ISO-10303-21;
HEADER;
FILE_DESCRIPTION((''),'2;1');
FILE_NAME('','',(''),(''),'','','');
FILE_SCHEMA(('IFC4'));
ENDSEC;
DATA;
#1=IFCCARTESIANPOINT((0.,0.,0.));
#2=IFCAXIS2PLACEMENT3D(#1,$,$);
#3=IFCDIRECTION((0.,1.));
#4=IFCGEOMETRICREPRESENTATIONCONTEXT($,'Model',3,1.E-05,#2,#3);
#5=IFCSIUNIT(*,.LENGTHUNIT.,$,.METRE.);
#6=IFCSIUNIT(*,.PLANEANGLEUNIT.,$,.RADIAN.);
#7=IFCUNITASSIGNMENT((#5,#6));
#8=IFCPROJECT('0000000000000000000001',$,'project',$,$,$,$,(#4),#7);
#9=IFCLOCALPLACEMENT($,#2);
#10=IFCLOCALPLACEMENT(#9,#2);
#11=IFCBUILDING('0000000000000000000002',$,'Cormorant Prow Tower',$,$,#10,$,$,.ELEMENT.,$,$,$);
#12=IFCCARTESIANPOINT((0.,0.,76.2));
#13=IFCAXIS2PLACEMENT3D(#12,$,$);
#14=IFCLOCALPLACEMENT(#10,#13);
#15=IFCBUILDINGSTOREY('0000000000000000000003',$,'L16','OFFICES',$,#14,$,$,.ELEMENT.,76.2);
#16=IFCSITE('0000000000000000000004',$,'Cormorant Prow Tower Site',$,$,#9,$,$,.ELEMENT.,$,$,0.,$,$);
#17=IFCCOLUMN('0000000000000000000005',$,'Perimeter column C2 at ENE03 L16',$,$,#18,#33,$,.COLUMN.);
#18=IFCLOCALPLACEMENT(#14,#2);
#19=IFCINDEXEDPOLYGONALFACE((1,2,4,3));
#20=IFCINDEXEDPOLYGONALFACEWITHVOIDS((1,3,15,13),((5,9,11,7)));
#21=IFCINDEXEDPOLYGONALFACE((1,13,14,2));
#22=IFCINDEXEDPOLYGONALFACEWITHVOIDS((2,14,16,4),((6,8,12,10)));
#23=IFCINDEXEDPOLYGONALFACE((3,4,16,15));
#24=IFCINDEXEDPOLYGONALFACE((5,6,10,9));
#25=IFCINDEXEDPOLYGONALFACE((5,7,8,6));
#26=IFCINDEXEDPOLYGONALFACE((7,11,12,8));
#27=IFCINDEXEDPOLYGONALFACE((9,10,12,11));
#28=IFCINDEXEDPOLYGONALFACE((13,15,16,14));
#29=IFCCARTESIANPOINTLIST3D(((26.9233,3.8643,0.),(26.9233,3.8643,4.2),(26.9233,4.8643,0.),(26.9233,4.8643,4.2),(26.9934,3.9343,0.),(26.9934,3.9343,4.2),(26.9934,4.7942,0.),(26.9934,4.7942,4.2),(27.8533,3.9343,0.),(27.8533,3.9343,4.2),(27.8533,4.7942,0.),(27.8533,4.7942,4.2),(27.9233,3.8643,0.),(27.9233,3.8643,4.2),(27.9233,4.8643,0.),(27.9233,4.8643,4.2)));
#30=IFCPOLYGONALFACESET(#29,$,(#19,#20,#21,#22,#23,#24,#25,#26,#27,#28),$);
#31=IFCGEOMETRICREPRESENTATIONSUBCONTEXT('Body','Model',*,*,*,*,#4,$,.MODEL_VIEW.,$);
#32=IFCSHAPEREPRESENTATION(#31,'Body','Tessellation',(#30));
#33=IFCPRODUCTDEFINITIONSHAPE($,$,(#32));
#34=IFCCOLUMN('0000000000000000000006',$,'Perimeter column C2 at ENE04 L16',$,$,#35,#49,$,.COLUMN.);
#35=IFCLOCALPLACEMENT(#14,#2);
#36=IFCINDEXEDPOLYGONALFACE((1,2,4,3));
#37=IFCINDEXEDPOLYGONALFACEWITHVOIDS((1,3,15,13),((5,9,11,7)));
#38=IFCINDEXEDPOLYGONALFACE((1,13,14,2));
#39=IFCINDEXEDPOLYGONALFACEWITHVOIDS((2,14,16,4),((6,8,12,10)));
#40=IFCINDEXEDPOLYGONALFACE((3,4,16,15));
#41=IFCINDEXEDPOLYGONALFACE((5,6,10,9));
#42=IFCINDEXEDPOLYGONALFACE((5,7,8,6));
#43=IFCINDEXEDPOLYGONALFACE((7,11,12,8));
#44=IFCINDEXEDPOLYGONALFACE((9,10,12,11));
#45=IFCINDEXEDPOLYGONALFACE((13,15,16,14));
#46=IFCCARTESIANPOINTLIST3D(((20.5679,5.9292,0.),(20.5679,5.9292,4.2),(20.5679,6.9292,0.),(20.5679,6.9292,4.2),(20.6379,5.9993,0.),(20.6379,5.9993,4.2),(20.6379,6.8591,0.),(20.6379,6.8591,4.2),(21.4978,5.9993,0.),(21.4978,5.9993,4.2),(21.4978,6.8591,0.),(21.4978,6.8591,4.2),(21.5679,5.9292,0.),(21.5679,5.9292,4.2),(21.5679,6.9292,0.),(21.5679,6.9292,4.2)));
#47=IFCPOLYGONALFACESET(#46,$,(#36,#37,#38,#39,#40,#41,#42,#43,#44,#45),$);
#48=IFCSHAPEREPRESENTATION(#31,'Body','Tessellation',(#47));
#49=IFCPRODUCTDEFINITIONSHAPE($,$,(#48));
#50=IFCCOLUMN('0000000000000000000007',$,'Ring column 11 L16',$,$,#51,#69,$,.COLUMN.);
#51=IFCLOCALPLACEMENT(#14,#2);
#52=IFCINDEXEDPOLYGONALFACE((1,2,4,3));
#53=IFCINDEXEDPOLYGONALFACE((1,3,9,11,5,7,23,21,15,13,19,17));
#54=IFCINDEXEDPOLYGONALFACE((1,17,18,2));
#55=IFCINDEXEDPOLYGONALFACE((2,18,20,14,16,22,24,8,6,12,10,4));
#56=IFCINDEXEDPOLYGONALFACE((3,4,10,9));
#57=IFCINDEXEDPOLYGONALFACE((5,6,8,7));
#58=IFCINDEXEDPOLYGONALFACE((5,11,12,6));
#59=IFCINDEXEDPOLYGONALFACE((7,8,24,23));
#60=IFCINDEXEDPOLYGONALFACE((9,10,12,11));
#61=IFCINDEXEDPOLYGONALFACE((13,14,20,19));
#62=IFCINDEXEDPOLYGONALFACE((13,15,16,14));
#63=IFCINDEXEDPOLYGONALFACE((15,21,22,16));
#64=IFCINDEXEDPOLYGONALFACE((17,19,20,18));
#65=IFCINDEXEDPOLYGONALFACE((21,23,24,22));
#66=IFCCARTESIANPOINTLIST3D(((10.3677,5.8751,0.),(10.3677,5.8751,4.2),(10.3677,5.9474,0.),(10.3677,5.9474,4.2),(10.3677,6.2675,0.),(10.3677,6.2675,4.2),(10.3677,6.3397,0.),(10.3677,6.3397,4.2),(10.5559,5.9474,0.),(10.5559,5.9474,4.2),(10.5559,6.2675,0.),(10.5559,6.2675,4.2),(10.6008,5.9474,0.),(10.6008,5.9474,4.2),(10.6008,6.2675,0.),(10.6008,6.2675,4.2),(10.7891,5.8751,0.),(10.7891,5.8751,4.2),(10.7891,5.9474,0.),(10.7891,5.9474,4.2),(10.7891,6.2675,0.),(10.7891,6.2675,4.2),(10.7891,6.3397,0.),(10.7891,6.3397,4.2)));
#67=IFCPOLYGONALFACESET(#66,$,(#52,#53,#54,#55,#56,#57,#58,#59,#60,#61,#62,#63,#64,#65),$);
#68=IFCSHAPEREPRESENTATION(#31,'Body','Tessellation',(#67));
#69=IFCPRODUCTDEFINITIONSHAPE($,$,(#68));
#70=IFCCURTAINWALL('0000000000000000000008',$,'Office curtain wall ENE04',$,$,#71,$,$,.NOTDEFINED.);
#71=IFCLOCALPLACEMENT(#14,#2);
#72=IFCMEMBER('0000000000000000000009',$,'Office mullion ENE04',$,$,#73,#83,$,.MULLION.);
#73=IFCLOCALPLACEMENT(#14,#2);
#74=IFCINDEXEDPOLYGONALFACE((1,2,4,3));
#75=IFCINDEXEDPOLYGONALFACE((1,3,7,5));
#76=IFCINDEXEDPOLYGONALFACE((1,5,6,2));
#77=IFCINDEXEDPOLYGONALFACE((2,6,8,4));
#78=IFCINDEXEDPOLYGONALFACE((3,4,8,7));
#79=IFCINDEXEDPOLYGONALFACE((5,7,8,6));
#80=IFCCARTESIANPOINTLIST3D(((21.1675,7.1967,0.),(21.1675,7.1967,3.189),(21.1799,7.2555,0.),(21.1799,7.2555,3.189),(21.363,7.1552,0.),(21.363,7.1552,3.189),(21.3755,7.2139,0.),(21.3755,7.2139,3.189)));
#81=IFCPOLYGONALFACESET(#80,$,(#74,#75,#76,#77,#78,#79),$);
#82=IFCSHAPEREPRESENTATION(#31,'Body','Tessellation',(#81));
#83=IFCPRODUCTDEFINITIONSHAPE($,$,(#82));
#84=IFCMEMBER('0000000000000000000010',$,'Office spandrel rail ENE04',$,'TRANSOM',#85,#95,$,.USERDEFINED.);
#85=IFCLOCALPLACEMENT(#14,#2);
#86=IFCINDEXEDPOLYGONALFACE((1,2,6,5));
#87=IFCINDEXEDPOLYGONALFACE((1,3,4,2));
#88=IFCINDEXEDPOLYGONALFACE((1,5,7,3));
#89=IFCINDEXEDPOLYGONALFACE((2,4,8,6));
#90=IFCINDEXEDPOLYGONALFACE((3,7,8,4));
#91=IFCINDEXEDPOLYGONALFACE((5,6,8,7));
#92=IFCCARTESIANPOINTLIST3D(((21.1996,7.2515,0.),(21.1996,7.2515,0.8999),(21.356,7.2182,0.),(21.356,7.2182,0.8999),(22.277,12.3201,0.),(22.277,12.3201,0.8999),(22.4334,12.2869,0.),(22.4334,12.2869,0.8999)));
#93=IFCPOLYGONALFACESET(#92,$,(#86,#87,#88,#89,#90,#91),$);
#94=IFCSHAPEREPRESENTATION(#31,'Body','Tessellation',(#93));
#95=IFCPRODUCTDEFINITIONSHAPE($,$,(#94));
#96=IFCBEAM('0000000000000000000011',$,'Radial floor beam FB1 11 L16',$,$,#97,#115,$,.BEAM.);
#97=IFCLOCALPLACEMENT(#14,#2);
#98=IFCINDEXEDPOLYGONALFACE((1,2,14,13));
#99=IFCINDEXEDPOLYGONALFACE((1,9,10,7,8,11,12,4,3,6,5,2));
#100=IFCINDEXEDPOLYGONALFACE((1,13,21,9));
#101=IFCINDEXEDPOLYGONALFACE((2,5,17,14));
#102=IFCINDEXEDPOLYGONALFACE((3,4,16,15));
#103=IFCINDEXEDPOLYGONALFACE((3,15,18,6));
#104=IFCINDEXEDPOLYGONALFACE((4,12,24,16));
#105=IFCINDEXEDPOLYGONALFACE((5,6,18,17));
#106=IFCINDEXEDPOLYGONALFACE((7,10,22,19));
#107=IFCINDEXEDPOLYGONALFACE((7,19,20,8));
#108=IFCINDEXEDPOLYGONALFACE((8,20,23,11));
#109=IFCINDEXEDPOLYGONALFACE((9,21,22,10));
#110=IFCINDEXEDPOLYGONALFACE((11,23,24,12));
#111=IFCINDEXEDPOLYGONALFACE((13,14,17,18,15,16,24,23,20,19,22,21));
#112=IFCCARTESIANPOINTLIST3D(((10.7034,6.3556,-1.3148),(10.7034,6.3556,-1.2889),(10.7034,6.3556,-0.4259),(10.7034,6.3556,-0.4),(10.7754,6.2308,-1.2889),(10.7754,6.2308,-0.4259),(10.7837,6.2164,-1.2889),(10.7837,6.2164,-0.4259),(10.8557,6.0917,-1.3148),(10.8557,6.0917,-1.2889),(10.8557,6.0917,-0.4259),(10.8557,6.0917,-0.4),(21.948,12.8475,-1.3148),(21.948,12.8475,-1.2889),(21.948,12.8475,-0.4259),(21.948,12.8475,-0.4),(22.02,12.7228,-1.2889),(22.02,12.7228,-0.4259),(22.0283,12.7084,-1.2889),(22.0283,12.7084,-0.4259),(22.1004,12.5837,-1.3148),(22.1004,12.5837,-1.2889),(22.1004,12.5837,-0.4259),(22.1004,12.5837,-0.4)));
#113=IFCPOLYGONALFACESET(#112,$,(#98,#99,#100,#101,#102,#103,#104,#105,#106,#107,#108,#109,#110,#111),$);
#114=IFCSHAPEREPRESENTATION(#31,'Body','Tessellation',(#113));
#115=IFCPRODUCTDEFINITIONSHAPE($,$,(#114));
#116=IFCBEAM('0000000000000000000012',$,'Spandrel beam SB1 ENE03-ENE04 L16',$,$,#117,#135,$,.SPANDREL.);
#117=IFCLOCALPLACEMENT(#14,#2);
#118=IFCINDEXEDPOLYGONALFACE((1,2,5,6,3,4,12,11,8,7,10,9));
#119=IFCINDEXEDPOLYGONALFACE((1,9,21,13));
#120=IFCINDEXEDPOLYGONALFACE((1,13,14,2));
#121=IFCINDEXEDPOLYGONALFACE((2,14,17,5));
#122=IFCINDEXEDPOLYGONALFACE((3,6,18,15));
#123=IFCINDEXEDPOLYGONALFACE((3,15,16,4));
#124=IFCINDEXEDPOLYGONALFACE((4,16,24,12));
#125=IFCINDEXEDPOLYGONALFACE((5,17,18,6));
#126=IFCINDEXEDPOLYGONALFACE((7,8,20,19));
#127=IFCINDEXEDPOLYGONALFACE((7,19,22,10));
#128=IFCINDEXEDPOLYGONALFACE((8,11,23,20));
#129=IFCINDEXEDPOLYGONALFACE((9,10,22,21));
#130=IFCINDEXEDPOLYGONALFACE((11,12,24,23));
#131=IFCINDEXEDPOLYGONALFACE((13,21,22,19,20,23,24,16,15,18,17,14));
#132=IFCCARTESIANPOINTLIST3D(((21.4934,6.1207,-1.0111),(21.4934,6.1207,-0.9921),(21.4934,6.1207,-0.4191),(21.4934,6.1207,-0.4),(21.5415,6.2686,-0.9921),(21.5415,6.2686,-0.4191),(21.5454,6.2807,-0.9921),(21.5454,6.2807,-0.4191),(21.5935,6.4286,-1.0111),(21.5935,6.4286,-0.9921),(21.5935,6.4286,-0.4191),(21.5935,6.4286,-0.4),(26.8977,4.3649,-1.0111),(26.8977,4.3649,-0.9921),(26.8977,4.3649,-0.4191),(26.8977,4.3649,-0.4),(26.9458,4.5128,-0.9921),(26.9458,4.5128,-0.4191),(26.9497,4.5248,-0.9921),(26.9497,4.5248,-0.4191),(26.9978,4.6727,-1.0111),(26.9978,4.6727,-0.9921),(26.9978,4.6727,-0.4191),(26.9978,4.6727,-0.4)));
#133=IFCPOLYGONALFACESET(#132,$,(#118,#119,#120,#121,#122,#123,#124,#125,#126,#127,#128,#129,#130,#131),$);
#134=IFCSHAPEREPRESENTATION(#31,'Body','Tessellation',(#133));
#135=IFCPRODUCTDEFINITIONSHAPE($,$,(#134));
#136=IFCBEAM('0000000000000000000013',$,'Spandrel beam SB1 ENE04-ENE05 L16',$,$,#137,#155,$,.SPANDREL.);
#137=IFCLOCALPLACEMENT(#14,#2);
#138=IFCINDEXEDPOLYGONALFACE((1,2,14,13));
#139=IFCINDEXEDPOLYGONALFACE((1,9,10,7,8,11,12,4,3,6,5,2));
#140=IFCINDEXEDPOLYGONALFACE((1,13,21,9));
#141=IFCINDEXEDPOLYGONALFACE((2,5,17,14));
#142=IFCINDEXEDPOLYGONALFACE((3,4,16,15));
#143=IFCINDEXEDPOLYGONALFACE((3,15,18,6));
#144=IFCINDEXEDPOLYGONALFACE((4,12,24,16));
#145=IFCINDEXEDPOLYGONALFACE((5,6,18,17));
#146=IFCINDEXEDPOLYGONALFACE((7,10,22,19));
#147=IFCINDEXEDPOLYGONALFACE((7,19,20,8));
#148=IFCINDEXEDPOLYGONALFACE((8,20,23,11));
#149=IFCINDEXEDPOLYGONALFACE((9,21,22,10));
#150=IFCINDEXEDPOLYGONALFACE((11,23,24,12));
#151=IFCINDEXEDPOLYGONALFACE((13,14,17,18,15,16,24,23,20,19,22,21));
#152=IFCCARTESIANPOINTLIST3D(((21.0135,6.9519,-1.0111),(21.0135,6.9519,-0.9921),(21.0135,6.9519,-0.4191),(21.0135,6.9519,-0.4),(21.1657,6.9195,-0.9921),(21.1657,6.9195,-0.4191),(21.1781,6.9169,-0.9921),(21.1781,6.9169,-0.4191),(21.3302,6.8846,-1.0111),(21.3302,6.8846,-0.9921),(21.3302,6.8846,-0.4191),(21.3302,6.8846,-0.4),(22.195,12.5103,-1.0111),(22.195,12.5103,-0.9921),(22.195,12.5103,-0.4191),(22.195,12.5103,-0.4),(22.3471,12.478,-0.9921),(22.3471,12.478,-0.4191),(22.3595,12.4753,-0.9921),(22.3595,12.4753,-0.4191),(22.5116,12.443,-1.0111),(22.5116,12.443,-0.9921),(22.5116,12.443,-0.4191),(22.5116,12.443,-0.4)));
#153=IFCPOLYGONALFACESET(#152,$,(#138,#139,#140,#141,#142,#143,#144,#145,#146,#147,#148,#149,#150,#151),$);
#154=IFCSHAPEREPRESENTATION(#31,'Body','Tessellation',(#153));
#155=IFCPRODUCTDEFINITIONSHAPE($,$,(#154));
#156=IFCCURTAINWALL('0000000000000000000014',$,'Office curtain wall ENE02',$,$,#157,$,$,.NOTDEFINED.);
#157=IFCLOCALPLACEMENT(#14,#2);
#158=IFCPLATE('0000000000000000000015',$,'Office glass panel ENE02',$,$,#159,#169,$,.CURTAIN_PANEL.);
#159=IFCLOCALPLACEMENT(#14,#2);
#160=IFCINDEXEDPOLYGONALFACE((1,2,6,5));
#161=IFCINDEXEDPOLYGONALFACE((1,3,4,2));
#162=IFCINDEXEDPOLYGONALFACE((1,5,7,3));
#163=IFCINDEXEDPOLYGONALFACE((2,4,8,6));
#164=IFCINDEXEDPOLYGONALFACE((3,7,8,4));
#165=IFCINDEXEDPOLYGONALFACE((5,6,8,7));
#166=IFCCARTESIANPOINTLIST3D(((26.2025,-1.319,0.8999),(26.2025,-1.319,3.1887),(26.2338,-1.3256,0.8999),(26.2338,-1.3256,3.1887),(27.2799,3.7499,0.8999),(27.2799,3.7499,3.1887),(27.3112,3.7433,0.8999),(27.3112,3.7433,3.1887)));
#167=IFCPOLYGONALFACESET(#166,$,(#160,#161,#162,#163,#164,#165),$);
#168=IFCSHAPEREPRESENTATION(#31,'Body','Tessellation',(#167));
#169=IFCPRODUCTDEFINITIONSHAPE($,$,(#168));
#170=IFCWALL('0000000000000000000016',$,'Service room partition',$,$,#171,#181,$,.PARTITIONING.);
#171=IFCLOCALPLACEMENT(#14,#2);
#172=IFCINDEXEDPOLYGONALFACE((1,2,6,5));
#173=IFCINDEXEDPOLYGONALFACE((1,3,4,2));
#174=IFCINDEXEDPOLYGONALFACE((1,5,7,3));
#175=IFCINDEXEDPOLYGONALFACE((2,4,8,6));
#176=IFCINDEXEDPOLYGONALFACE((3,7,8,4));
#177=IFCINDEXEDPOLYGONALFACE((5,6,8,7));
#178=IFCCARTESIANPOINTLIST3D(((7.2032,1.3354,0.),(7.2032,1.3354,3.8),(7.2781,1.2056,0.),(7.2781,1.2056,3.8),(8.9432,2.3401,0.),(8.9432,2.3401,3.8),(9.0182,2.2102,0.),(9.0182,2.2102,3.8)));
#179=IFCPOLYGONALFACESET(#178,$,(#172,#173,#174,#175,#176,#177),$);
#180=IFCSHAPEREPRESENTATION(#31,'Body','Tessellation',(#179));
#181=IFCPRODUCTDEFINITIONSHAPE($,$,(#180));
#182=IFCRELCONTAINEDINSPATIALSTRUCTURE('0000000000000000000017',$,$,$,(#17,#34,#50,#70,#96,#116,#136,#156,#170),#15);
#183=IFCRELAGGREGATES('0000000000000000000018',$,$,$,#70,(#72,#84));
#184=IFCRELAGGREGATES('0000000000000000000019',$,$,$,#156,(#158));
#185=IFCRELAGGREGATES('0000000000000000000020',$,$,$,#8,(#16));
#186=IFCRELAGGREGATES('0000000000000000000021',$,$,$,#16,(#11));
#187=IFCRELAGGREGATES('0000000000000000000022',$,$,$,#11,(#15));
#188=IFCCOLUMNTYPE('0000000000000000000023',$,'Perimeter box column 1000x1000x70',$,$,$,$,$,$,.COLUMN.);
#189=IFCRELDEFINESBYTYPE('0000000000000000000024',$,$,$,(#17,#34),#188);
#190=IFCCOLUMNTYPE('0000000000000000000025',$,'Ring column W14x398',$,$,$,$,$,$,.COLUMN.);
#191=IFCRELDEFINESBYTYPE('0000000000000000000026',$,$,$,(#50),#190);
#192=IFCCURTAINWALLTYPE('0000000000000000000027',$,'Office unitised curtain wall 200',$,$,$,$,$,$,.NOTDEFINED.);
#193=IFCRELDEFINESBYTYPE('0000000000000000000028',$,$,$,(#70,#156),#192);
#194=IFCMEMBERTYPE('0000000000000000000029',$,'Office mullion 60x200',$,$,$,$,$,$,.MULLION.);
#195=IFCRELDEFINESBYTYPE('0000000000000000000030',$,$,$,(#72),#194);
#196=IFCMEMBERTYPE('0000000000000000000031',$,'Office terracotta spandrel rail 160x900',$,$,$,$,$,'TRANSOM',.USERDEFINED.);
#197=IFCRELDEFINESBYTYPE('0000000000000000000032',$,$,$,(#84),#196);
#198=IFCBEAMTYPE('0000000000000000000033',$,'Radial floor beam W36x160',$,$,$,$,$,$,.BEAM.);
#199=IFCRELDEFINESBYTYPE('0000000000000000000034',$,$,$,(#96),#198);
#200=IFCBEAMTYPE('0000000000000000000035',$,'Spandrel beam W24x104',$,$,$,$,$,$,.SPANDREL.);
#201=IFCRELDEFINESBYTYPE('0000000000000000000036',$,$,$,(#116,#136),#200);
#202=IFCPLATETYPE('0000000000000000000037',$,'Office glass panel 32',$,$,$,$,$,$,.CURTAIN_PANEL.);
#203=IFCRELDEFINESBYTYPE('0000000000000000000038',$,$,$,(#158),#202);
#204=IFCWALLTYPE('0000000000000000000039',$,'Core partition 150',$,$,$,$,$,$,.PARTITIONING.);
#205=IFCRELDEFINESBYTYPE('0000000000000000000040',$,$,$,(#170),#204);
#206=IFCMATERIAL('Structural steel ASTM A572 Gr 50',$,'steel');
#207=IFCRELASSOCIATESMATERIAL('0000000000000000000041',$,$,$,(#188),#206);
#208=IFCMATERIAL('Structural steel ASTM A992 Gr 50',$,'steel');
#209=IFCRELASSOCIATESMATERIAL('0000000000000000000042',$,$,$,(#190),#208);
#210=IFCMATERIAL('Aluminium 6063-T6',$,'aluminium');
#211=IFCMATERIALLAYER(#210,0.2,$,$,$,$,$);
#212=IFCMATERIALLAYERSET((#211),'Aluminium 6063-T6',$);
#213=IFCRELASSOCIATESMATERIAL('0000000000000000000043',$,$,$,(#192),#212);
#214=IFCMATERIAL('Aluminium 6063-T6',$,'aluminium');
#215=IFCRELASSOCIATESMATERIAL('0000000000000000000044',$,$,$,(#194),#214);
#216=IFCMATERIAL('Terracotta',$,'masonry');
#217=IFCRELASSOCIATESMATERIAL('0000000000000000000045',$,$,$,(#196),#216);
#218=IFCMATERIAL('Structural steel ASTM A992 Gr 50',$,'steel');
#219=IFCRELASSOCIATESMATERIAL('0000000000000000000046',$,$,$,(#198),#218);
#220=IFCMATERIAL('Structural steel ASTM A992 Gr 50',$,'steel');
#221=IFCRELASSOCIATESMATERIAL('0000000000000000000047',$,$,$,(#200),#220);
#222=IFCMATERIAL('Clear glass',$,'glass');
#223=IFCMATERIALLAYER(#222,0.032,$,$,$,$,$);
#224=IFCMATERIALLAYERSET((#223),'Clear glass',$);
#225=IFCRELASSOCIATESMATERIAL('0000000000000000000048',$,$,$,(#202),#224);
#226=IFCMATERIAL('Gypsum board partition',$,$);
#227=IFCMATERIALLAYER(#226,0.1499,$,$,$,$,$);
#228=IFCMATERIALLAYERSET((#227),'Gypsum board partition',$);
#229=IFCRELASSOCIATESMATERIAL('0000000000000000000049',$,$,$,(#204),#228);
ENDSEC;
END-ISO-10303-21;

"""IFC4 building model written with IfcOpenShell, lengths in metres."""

from ifc_helpers import new_model, si_unit, direction, frame, frame_2d, origin, origin_2d, place, context, subcontext, project, spatial, rectangle, hollow_rectangle, i_section, extrude, material, layer, layer_set, material_profile, profile_set, type_object, element, aggregate, save


model = new_model("IFC4")

# Units and contexts
model_context = context("Model", 3, precision=1e-05, world=origin(), true_north=direction((0.0, 1.0)))
body_context = subcontext(model_context, "Body", "Model", "MODEL_VIEW")
ifc_project = project(units=[si_unit("LENGTHUNIT", "METRE"), si_unit("PLANEANGLEUNIT", "RADIAN")], contexts=[model_context])

# Site, building, storey
site_placement = place(None, origin())
site = spatial("IfcSite", under=ifc_project, at=site_placement, Name="Cormorant Prow Tower Site", CompositionType="ELEMENT", RefElevation=0.0)
building_placement = place(site_placement, origin())
building = spatial("IfcBuilding", under=site, at=building_placement, Name="Cormorant Prow Tower", CompositionType="ELEMENT")
storey_placement = place(building_placement, frame((0.0, 0.0, 76.2)))
storey = spatial("IfcBuildingStorey", under=building, at=storey_placement, Name="L16", Description="OFFICES", CompositionType="ELEMENT", Elevation=76.2)

# Columns
ifc_material_1 = material(Name="Structural steel ASTM A572 Gr 50", Category="steel")
ifc_material_profile_1 = material_profile(ifc_material_1, hollow_rectangle(XDim=1.0, YDim=1.0, WallThickness=0.0701, at=origin_2d()), Name="Box 1000x1000x70")
ifc_profile_set_1 = profile_set([ifc_material_profile_1], Name="Structural steel ASTM A572 Gr 50")
column_type_1 = type_object("IfcColumnType", Name="Perimeter box column 1000x1000x70", PredefinedType="COLUMN", material=ifc_profile_set_1)
for number, where, z_axis, x_axis, name in (
    (1, (27.4233, 4.3643, 0.0), (0.0, 0.0, 1.0), (1.0, 0.0, 0.0), "Perimeter column C2 at ENE03 L16"),
    (2, (21.0679, 6.4292, 0.0), (0.0, 0.0, 1.0), (1.0, 0.0, 0.0), "Perimeter column C2 at ENE04 L16"),
):
    element("IfcColumn", number, at=place(storey_placement, frame(where, z_axis=z_axis, x_axis=x_axis)), inside=storey, type_object=column_type_1, Name=name, PredefinedType="COLUMN", context=body_context, shape_type="SweptSolid", body=[
        extrude(hollow_rectangle(XDim=1.0, YDim=1.0, WallThickness=0.0701, at=origin_2d()), origin(), (0.0, 0.0, 1.0), 4.2),
    ])
ifc_material_2 = material(Name="Structural steel ASTM A992 Gr 50", Category="steel")
ifc_material_profile_2 = material_profile(ifc_material_2, i_section(OverallWidth=0.4214, OverallDepth=0.4646, WebThickness=0.0449, FlangeThickness=0.0723, at=origin_2d()), Name="W14x398")
ifc_profile_set_2 = profile_set([ifc_material_profile_2], Name="Structural steel ASTM A992 Gr 50")
column_type_2 = type_object("IfcColumnType", Name="Ring column W14x398", PredefinedType="COLUMN", material=ifc_profile_set_2)
column_placement = place(storey_placement, frame((10.5784, 6.1074, 0.0), z_axis=(0.0, 0.0, 1.0), x_axis=(1.0, 0.0, 0.0)))
element("IfcColumn", 3, at=column_placement, inside=storey, type_object=column_type_2, Name="Ring column 11 L16", PredefinedType="COLUMN", context=body_context, shape_type="SweptSolid", body=[
    extrude(i_section(OverallWidth=0.4214, OverallDepth=0.4646, WebThickness=0.0449, FlangeThickness=0.0723, at=origin_2d()), origin(), (0.0, 0.0, 1.0), 4.2),
])

# Curtain wall, members
ifc_material_3 = material(Name="Aluminium 6063-T6", Category="aluminium")
ifc_layer_1 = layer(ifc_material_3, 0.2)
ifc_layer_set_1 = layer_set([ifc_layer_1], Name="Aluminium 6063-T6")
curtain_wall_type = type_object("IfcCurtainWallType", Name="Office unitised curtain wall 200", PredefinedType="NOTDEFINED", material=ifc_layer_set_1)
curtain_wall_1_placement = place(storey_placement, origin())
curtain_wall_1 = element("IfcCurtainWall", 4, at=curtain_wall_1_placement, inside=storey, type_object=curtain_wall_type, Name="Office curtain wall ENE04", PredefinedType="NOTDEFINED")
ifc_material_4 = material(Name="Aluminium 6063-T6", Category="aluminium")
ifc_material_profile_3 = material_profile(ifc_material_4, rectangle(XDim=0.2, YDim=0.0601, at=origin_2d()), Name="Office mullion 60x200")
ifc_profile_set_3 = profile_set([ifc_material_profile_3], Name="Aluminium 6063-T6")
member_type_1 = type_object("IfcMemberType", Name="Office mullion 60x200", PredefinedType="MULLION", material=ifc_profile_set_3)
member_1_placement = place(storey_placement, frame((21.2715, 7.2053, 0.0), z_axis=(0.0, 0.0, 1.0), x_axis=(-0.978148, 0.207912, 0.0)))
member_1 = element("IfcMember", 5, at=member_1_placement, type_object=member_type_1, Name="Office mullion ENE04", PredefinedType="MULLION", context=body_context, shape_type="SweptSolid", body=[
    extrude(rectangle(XDim=0.2, YDim=0.0601, at=origin_2d()), origin(), (0.0, 0.0, 1.0), 3.189),
])
ifc_material_5 = material(Name="Terracotta", Category="masonry")
ifc_material_profile_4 = material_profile(ifc_material_5, rectangle(XDim=0.1599, YDim=0.8999, at=origin_2d()), Name="Office terracotta spandrel rail 160x900")
ifc_profile_set_4 = profile_set([ifc_material_profile_4], Name="Terracotta")
member_type_2 = type_object("IfcMemberType", Name="Office terracotta spandrel rail 160x900", ElementType="TRANSOM", PredefinedType="USERDEFINED", material=ifc_profile_set_4)
member_2_placement = place(storey_placement, frame((21.2778, 7.2349, 0.45), z_axis=(0.207917, 0.978147, 0.0), x_axis=(-0.978147, 0.207917, 0.0)))
member_2 = element("IfcMember", 6, at=member_2_placement, type_object=member_type_2, Name="Office spandrel rail ENE04", ObjectType="TRANSOM", PredefinedType="USERDEFINED", context=body_context, shape_type="SweptSolid", body=[
    extrude(rectangle(XDim=0.1599, YDim=0.8999, at=origin_2d()), origin(), (0.0, 0.0, 1.0), 5.1819),
])
aggregate(curtain_wall_1, [member_1, member_2])

# Beams
ifc_material_6 = material(Name="Structural steel ASTM A992 Gr 50", Category="steel")
ifc_material_profile_5 = material_profile(ifc_material_6, i_section(OverallWidth=0.3047, OverallDepth=0.9148, WebThickness=0.0166, FlangeThickness=0.0259, at=origin_2d()), Name="W36x160")
ifc_profile_set_5 = profile_set([ifc_material_profile_5], Name="Structural steel ASTM A992 Gr 50")
beam_type_1 = type_object("IfcBeamType", Name="Radial floor beam W36x160", PredefinedType="BEAM", material=ifc_profile_set_5)
beam_1_placement = place(storey_placement, frame((10.7795, 6.2236, -0.8574), z_axis=(0.86603, 0.499992, 0.0), x_axis=(-0.499992, 0.86603, 0.0)))
element("IfcBeam", 7, at=beam_1_placement, inside=storey, type_object=beam_type_1, Name="Radial floor beam FB1 11 L16", PredefinedType="BEAM", context=body_context, shape_type="SweptSolid", body=[
    extrude(i_section(OverallWidth=0.3047, OverallDepth=0.9148, WebThickness=0.0166, FlangeThickness=0.0259, at=origin_2d()), origin(), (0.0, 0.0, 1.0), 12.9841),
])
ifc_material_7 = material(Name="Structural steel ASTM A992 Gr 50", Category="steel")
ifc_material_profile_6 = material_profile(ifc_material_7, i_section(OverallWidth=0.3237, OverallDepth=0.6111, WebThickness=0.0127, FlangeThickness=0.019, at=origin_2d()), Name="W24x104")
ifc_profile_set_6 = profile_set([ifc_material_profile_6], Name="Structural steel ASTM A992 Gr 50")
beam_type_2 = type_object("IfcBeamType", Name="Spandrel beam W24x104", PredefinedType="SPANDREL", material=ifc_profile_set_6)
beam_2_placement = place(storey_placement, frame((26.9478, 4.5188, -0.7056), z_axis=(-0.951062, 0.309001, 0.0), x_axis=(-0.309001, -0.951062, 0.0)))
element("IfcBeam", 8, at=beam_2_placement, inside=storey, type_object=beam_type_2, Name="Spandrel beam SB1 ENE03-ENE04 L16", PredefinedType="SPANDREL", context=body_context, shape_type="SweptSolid", body=[
    extrude(i_section(OverallWidth=0.3237, OverallDepth=0.6111, WebThickness=0.0127, FlangeThickness=0.019, at=origin_2d()), origin(), (0.0, 0.0, 1.0), 5.6824),
])
beam_3_placement = place(storey_placement, frame((21.1719, 6.9182, -0.7056), z_axis=(0.2079, 0.97815, 0.0), x_axis=(-0.97815, 0.2079, 0.0)))
element("IfcBeam", 9, at=beam_3_placement, inside=storey, type_object=beam_type_2, Name="Spandrel beam SB1 ENE04-ENE05 L16", PredefinedType="SPANDREL", context=body_context, shape_type="SweptSolid", body=[
    extrude(i_section(OverallWidth=0.3237, OverallDepth=0.6111, WebThickness=0.0127, FlangeThickness=0.019, at=origin_2d()), origin(), (0.0, 0.0, 1.0), 5.6826),
])

# Curtain wall, plate
curtain_wall_2_placement = place(storey_placement, origin())
curtain_wall_2 = element("IfcCurtainWall", 10, at=curtain_wall_2_placement, inside=storey, type_object=curtain_wall_type, Name="Office curtain wall ENE02", PredefinedType="NOTDEFINED")
ifc_material_8 = material(Name="Clear glass", Category="glass")
ifc_layer_2 = layer(ifc_material_8, 0.032)
ifc_layer_set_2 = layer_set([ifc_layer_2], Name="Clear glass")
plate_type = type_object("IfcPlateType", Name="Office glass panel 32", PredefinedType="CURTAIN_PANEL", material=ifc_layer_set_2)
plate_placement = place(storey_placement, frame((26.7568, 1.2122, 0.8999), z_axis=(0.0, 0.0, 1.0), x_axis=(0.207912, 0.978148, 0.0)))
plate = element("IfcPlate", 11, at=plate_placement, type_object=plate_type, Name="Office glass panel ENE02", PredefinedType="CURTAIN_PANEL", context=body_context, shape_type="SweptSolid", body=[
    extrude(rectangle(XDim=5.1821, YDim=0.032, at=origin_2d()), origin(), (0.0, 0.0, 1.0), 2.2888),
])
aggregate(curtain_wall_2, [plate])

# Wall
ifc_material_9 = material(Name="Gypsum board partition")
ifc_layer_3 = layer(ifc_material_9, 0.1499)
ifc_layer_set_3 = layer_set([ifc_layer_3], Name="Gypsum board partition")
wall_type_1 = type_object("IfcWallType", Name="Core partition 150", PredefinedType="PARTITIONING", material=ifc_layer_set_3)
wall_1_placement = place(storey_placement, frame((8.9807, 2.2751, 0.0), z_axis=(0.0, 0.0, 1.0), x_axis=(-0.866014, -0.50002, 0.0)))
element("IfcWall", 12, at=wall_1_placement, inside=storey, type_object=wall_type_1, Name="Service room partition", PredefinedType="PARTITIONING", context=body_context, shape_type="SweptSolid", body=[
    extrude(rectangle(XDim=2.0093, YDim=0.1499, at=frame_2d((1.0046, 0.0))), origin(), (0.0, 0.0, 1.0), 3.8),
])

save(model, "model.ifc")
